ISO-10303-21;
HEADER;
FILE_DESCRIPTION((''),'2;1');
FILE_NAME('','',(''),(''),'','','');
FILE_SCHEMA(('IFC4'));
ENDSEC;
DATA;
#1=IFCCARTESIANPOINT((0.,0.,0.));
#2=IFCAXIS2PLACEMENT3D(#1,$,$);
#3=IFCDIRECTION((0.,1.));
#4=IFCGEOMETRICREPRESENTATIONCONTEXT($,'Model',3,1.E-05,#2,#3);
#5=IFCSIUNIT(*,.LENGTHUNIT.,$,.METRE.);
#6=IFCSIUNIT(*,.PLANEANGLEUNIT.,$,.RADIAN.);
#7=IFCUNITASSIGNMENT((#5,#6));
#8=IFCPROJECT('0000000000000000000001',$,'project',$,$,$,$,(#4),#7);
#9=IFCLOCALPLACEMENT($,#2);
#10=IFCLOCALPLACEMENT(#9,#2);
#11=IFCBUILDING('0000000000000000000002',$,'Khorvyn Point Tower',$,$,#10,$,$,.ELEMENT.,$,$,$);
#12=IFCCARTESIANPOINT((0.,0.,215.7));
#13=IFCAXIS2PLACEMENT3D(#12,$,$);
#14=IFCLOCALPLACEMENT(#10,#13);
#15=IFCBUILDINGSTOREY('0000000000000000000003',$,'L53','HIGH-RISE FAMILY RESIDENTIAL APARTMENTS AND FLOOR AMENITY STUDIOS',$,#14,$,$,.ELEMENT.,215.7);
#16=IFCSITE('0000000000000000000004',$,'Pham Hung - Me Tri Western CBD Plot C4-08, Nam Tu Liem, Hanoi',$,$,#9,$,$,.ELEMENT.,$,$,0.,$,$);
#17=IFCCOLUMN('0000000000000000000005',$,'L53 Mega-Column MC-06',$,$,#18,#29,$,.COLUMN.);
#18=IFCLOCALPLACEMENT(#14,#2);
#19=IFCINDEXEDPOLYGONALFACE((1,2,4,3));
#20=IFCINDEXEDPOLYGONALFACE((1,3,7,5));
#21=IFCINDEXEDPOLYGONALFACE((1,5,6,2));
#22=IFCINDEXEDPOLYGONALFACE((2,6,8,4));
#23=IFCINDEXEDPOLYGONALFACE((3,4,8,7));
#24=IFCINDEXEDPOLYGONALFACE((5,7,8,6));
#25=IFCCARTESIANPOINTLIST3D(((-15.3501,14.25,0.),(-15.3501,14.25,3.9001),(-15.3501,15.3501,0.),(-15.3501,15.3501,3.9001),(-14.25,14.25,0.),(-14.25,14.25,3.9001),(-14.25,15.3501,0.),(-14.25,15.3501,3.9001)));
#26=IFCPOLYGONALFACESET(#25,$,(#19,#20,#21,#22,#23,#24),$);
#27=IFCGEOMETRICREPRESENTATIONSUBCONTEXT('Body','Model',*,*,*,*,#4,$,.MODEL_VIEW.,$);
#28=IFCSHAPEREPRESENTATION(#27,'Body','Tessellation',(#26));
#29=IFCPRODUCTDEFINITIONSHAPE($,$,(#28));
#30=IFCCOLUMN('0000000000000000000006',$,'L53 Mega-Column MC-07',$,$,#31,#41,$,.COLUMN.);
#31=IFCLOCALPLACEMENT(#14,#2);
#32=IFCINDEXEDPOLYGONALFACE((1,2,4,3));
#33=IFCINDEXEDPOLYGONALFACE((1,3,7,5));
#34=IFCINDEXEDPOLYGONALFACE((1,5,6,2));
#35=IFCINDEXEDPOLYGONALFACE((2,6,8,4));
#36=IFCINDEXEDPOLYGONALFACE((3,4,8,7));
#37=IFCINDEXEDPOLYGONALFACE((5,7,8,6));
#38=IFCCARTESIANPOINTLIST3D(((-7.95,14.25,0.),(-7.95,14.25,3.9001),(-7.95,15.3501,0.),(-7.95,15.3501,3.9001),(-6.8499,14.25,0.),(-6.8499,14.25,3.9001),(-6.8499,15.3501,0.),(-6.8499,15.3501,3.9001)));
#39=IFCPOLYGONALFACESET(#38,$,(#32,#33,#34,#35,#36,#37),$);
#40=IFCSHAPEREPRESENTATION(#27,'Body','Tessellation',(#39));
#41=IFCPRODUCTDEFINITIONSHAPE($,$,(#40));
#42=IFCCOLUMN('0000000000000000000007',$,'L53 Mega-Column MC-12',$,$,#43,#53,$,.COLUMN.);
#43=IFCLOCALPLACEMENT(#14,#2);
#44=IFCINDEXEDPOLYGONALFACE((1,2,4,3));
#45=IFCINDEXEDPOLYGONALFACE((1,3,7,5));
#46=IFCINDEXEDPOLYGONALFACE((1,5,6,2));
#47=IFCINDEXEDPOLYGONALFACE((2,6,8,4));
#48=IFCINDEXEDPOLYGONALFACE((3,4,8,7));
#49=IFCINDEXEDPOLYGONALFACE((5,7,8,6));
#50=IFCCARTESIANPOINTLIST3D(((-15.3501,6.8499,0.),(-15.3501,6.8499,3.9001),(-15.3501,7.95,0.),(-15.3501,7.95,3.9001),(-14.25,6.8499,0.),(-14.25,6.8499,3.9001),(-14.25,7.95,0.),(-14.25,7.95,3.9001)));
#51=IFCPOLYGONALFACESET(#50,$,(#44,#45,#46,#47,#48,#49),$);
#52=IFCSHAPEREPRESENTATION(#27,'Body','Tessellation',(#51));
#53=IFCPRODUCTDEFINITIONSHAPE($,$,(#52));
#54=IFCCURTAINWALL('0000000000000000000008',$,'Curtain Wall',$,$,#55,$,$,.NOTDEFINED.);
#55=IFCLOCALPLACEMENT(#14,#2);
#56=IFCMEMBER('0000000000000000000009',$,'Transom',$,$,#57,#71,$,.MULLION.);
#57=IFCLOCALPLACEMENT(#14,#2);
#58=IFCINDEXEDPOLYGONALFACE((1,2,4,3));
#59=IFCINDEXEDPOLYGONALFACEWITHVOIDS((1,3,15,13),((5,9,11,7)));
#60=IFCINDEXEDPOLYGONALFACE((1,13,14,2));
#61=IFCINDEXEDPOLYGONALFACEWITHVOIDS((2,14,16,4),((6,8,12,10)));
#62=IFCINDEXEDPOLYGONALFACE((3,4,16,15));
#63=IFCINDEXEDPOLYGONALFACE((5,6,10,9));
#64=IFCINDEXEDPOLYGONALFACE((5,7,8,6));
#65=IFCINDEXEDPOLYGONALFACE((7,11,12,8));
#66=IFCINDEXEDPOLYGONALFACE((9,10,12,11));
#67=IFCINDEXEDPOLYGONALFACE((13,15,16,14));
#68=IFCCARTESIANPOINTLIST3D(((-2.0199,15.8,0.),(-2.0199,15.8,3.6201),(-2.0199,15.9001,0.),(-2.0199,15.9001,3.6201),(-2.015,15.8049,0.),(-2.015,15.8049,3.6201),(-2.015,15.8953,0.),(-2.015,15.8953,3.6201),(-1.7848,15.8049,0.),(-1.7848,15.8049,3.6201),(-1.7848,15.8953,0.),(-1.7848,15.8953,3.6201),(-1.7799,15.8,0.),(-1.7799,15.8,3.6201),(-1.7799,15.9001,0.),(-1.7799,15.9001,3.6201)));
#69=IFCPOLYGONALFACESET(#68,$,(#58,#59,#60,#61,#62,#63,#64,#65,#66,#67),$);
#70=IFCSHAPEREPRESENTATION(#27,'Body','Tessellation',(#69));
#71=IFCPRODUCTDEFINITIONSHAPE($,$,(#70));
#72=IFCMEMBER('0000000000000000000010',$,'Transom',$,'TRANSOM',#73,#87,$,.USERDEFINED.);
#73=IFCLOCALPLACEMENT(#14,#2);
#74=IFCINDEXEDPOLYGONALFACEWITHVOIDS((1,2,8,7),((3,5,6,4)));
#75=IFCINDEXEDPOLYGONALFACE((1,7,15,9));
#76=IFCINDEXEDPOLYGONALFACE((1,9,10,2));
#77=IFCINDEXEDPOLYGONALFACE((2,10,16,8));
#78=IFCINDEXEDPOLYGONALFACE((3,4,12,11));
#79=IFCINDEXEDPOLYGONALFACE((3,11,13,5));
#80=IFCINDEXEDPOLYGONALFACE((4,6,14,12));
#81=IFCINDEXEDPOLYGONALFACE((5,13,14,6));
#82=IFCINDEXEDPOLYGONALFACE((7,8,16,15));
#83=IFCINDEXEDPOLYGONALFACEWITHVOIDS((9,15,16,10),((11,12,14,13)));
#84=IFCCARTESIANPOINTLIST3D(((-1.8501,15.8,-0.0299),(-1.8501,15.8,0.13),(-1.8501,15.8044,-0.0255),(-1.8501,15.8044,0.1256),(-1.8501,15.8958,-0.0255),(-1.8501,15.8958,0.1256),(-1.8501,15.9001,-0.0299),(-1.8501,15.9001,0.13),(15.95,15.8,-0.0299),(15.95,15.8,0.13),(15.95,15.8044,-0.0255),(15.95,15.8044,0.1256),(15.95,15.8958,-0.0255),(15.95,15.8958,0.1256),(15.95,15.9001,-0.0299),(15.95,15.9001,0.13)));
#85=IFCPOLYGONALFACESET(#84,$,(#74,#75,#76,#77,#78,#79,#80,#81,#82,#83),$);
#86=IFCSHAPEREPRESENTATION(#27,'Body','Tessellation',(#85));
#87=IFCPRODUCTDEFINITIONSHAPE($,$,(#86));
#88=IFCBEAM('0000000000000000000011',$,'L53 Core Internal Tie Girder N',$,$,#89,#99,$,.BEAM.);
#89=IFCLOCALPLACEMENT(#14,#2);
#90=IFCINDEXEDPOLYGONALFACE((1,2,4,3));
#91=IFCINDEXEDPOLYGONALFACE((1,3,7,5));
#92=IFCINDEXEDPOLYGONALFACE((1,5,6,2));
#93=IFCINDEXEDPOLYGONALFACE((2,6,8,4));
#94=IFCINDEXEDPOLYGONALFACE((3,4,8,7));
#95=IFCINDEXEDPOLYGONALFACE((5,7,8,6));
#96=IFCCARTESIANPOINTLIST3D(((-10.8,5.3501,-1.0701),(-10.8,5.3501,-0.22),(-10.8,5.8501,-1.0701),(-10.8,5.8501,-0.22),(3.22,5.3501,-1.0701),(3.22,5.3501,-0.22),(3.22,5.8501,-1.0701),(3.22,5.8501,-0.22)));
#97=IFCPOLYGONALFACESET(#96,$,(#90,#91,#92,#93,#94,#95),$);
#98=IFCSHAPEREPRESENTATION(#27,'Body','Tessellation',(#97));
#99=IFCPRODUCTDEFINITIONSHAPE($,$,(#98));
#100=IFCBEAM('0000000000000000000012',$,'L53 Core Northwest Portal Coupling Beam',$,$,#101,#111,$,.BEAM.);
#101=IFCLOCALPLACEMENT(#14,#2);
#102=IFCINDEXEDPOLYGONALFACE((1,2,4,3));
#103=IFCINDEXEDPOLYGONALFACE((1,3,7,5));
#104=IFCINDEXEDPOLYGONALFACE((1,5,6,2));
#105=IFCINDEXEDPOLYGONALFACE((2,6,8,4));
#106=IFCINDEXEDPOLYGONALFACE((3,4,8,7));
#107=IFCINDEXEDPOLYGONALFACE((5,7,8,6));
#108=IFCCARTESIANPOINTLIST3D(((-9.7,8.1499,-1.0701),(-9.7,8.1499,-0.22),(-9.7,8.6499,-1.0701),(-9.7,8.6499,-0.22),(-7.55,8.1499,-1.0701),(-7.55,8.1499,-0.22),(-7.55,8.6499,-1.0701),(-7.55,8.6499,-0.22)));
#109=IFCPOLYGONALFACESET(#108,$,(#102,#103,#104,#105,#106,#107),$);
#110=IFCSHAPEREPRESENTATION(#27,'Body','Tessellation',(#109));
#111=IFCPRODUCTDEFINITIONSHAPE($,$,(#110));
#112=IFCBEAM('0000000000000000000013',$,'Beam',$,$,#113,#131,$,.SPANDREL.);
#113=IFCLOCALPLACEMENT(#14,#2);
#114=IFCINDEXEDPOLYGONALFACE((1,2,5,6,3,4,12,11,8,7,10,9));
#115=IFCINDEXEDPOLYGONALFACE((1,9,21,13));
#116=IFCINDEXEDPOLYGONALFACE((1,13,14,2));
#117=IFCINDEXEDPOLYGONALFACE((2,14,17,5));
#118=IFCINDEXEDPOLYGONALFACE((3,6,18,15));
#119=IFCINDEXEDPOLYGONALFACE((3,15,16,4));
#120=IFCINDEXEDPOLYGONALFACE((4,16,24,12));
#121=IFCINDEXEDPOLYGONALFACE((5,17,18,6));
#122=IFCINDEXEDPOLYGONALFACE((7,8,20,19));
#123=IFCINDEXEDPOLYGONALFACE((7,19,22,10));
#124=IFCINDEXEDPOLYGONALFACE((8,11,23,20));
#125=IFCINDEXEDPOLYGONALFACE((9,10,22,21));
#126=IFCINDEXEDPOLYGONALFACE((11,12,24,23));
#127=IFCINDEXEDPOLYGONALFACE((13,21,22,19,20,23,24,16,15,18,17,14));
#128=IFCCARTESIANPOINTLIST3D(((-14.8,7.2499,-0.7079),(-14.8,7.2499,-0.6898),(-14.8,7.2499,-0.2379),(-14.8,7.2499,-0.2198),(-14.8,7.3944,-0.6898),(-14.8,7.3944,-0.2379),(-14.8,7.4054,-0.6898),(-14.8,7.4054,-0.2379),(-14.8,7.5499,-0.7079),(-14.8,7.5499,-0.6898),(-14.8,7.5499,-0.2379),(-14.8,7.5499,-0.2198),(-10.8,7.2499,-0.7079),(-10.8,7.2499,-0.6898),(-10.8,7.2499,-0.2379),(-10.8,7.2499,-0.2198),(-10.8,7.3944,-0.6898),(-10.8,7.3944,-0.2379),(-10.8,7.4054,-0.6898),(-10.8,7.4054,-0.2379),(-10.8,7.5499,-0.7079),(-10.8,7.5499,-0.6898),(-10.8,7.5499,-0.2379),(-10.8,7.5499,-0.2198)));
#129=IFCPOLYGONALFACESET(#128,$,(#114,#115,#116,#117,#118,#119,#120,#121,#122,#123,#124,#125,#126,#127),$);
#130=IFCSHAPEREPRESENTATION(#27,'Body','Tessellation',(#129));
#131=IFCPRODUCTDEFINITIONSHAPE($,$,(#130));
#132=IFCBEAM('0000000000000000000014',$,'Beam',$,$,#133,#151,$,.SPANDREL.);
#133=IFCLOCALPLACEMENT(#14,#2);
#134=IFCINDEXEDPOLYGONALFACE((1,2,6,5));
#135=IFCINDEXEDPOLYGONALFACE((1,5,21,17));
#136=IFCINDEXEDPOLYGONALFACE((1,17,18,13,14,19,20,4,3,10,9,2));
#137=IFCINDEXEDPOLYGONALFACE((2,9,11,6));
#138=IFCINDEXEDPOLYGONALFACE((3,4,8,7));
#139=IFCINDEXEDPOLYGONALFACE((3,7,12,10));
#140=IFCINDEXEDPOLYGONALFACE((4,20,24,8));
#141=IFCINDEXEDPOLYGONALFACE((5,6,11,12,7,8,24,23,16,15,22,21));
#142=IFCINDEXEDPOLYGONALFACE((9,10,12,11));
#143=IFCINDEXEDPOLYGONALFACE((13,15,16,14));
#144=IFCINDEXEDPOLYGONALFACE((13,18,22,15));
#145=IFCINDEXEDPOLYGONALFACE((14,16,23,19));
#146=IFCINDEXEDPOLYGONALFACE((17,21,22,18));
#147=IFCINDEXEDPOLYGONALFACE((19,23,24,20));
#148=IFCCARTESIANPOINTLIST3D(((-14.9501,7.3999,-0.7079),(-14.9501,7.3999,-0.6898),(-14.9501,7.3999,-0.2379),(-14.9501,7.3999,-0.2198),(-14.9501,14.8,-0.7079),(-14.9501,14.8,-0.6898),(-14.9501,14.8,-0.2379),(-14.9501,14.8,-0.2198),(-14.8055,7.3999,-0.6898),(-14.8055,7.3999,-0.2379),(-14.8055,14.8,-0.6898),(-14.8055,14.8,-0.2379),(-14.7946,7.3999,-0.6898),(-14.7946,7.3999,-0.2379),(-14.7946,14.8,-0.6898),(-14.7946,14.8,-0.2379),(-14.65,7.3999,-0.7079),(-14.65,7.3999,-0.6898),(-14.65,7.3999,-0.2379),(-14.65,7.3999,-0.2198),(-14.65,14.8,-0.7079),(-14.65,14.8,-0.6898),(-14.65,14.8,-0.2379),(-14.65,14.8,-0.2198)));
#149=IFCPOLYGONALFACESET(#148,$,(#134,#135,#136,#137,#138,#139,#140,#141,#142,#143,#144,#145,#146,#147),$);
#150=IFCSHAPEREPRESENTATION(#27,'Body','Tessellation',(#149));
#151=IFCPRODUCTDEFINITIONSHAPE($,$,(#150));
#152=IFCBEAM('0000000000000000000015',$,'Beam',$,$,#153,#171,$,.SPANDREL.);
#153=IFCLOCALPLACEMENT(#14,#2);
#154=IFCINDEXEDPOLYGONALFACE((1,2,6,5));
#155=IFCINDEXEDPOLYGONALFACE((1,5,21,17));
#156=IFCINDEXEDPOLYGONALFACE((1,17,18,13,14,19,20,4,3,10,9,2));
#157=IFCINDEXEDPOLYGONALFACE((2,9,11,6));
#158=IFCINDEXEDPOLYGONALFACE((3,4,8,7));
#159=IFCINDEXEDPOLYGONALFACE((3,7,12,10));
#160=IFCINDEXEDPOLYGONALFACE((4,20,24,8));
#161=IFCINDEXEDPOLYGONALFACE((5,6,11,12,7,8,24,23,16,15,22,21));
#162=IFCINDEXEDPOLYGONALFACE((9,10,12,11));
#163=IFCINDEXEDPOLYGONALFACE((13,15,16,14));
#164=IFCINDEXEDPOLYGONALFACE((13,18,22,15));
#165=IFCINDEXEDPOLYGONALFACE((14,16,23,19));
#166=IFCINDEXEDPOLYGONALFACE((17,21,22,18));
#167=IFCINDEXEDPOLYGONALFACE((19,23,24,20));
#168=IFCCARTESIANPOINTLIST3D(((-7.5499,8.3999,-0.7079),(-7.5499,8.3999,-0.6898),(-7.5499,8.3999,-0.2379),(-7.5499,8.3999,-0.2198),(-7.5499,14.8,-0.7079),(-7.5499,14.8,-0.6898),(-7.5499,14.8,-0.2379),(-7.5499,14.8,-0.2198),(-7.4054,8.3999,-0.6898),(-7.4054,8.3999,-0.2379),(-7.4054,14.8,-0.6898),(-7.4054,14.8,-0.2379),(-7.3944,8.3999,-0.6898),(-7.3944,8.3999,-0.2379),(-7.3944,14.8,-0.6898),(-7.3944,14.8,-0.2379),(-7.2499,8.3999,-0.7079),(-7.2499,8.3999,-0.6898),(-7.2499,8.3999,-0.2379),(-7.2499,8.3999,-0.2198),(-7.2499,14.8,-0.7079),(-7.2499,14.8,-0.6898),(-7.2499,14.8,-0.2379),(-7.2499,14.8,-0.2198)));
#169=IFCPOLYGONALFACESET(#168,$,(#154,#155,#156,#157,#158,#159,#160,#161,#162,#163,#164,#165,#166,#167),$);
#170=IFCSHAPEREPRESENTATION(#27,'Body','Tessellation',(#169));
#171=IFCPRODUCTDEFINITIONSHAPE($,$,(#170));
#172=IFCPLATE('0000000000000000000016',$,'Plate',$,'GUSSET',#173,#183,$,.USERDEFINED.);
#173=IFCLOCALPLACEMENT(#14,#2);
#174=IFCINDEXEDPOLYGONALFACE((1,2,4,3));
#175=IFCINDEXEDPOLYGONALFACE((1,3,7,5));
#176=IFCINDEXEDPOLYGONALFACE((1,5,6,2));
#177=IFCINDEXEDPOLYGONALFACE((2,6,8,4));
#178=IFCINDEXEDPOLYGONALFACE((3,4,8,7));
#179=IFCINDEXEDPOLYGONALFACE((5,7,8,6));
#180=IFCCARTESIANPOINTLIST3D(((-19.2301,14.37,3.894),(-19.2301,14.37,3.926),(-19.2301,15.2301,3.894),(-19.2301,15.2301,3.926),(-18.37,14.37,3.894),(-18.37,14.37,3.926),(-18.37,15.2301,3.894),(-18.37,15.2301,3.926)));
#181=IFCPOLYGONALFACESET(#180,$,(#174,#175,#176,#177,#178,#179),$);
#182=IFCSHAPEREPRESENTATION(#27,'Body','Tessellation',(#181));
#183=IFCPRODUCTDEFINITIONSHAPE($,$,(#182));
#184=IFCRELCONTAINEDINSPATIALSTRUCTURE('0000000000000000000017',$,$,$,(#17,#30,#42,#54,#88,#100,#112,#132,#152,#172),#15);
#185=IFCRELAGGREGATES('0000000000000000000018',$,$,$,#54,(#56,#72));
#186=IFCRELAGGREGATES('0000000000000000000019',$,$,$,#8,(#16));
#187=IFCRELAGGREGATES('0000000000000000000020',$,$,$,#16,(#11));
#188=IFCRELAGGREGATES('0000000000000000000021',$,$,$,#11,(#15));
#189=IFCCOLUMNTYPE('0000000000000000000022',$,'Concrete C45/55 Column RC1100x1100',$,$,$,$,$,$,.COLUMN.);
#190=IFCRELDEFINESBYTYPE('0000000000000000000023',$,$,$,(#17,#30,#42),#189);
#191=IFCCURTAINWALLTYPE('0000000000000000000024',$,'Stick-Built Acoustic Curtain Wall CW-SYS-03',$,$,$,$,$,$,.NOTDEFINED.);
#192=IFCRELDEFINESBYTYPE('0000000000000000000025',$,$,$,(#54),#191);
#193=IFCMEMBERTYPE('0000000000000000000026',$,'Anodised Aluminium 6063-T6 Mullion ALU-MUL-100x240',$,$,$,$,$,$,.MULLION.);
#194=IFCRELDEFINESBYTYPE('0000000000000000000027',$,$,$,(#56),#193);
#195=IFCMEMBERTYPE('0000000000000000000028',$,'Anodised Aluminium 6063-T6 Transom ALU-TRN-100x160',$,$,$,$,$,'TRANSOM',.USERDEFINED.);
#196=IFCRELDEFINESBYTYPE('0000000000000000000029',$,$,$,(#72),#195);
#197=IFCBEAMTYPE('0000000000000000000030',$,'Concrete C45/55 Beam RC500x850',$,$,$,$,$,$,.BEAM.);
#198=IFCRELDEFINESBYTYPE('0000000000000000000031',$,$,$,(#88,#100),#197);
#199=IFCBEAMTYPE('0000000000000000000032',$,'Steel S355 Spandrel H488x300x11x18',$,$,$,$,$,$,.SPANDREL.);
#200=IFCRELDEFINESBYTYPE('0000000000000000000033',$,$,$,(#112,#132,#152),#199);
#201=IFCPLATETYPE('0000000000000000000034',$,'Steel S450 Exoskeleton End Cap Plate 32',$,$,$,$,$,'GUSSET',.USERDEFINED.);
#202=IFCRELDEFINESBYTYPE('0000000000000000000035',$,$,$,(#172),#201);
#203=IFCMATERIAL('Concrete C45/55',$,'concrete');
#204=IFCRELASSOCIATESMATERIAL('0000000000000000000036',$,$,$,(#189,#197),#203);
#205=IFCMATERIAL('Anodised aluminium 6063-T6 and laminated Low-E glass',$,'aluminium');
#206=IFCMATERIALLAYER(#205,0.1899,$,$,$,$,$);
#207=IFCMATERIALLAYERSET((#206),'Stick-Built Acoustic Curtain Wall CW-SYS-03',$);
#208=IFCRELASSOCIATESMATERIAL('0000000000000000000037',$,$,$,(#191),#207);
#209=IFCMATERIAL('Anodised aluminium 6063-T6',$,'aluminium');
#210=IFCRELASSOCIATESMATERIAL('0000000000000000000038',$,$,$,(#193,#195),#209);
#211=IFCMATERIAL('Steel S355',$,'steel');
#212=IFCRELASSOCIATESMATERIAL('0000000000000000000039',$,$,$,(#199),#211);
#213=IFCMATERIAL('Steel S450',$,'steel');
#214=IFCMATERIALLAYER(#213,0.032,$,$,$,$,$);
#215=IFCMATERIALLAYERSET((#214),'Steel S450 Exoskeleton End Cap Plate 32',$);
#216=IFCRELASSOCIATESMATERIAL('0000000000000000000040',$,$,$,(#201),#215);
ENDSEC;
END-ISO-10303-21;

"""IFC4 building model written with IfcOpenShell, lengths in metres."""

from ifc_helpers import new_model, si_unit, direction, frame, origin, origin_2d, place, context, subcontext, project, spatial, rectangle, hollow_rectangle, i_section, extrude, material, layer, layer_set, material_profile, profile_set, type_object, element, aggregate, save


model = new_model("IFC4")

# Units and contexts
model_context = context("Model", 3, precision=1e-05, world=origin(), true_north=direction((0.0, 1.0)))
body_context = subcontext(model_context, "Body", "Model", "MODEL_VIEW")
ifc_project = project(units=[si_unit("LENGTHUNIT", "METRE"), si_unit("PLANEANGLEUNIT", "RADIAN")], contexts=[model_context])

# Site, building, storey
site_placement = place(None, origin())
site = spatial("IfcSite", under=ifc_project, at=site_placement, Name="Pham Hung - Me Tri Western CBD Plot C4-08, Nam Tu Liem, Hanoi", CompositionType="ELEMENT", RefElevation=0.0)
building_placement = place(site_placement, origin())
building = spatial("IfcBuilding", under=site, at=building_placement, Name="Khorvyn Point Tower", CompositionType="ELEMENT")
storey_placement = place(building_placement, frame((0.0, 0.0, 215.7)))
storey = spatial("IfcBuildingStorey", under=building, at=storey_placement, Name="L53", Description="HIGH-RISE FAMILY RESIDENTIAL APARTMENTS AND FLOOR AMENITY STUDIOS", CompositionType="ELEMENT", Elevation=215.7)

# Columns
ifc_material_1 = material(Name="Concrete C45/55", Category="concrete")
ifc_material_profile_1 = material_profile(ifc_material_1, rectangle(XDim=1.1001, YDim=1.1001, at=origin_2d()))
ifc_profile_set_1 = profile_set([ifc_material_profile_1], Name="Concrete C45/55 RC1100x1100")
column_type = type_object("IfcColumnType", Name="Concrete C45/55 Column RC1100x1100", PredefinedType="COLUMN", material=ifc_profile_set_1)
for number, where, z_axis, x_axis, name in (
    (1, (-14.8, 14.8, 0.0), (0.0, 0.0, 1.0), (1.0, 0.0, 0.0), "L53 Mega-Column MC-06"),
    (2, (-7.3999, 14.8, 0.0), (0.0, 0.0, 1.0), (1.0, 0.0, 0.0), "L53 Mega-Column MC-07"),
    (3, (-14.8, 7.3999, 0.0), (0.0, 0.0, 1.0), (1.0, 0.0, 0.0), "L53 Mega-Column MC-12"),
):
    element("IfcColumn", number, at=place(storey_placement, frame(where, z_axis=z_axis, x_axis=x_axis)), inside=storey, type_object=column_type, Name=name, PredefinedType="COLUMN", context=body_context, shape_type="SweptSolid", body=[
        extrude(rectangle(XDim=1.1001, YDim=1.1001, at=origin_2d()), origin(), (0.0, 0.0, 1.0), 3.9001),
    ])

# Curtain wall, members
ifc_material_2 = material(Name="Anodised aluminium 6063-T6 and laminated Low-E glass", Category="aluminium")
ifc_layer_1 = layer(ifc_material_2, 0.1899)
ifc_layer_set_1 = layer_set([ifc_layer_1], Name="Stick-Built Acoustic Curtain Wall CW-SYS-03")
curtain_wall_type = type_object("IfcCurtainWallType", Name="Stick-Built Acoustic Curtain Wall CW-SYS-03", PredefinedType="NOTDEFINED", material=ifc_layer_set_1)
curtain_wall_placement = place(storey_placement, origin())
curtain_wall = element("IfcCurtainWall", 4, at=curtain_wall_placement, inside=storey, type_object=curtain_wall_type, Name="Curtain Wall", PredefinedType="NOTDEFINED")
ifc_material_3 = material(Name="Anodised aluminium 6063-T6", Category="aluminium")
ifc_material_profile_2 = material_profile(ifc_material_3, hollow_rectangle(XDim=0.1001, YDim=0.24, WallThickness=0.0049, at=origin_2d()))
ifc_profile_set_2 = profile_set([ifc_material_profile_2], Name="Anodised aluminium 6063-T6 ALU-MUL-100x240")
member_type_1 = type_object("IfcMemberType", Name="Anodised Aluminium 6063-T6 Mullion ALU-MUL-100x240", PredefinedType="MULLION", material=ifc_profile_set_2)
member_1_placement = place(storey_placement, frame((-1.8999, 15.8501, 0.0), z_axis=(0.0, 0.0, 1.0), x_axis=(0.0, 1.0, 0.0)))
member_1 = element("IfcMember", 5, at=member_1_placement, type_object=member_type_1, Name="Transom", PredefinedType="MULLION", context=body_context, shape_type="SweptSolid", body=[
    extrude(hollow_rectangle(XDim=0.1001, YDim=0.24, WallThickness=0.0049, at=origin_2d()), origin(), (0.0, 0.0, 1.0), 3.6201),
])
ifc_material_profile_3 = material_profile(ifc_material_3, hollow_rectangle(XDim=0.1001, YDim=0.1599, WallThickness=0.0044, at=origin_2d()))
ifc_profile_set_3 = profile_set([ifc_material_profile_3], Name="Anodised aluminium 6063-T6 ALU-TRN-100x160")
member_type_2 = type_object("IfcMemberType", Name="Anodised Aluminium 6063-T6 Transom ALU-TRN-100x160", ElementType="TRANSOM", PredefinedType="USERDEFINED", material=ifc_profile_set_3)
member_2_placement = place(storey_placement, frame((-1.8501, 15.8501, 0.05), z_axis=(1.0, 0.0, 0.0), x_axis=(0.0, 1.0, 0.0)))
member_2 = element("IfcMember", 6, at=member_2_placement, type_object=member_type_2, Name="Transom", ObjectType="TRANSOM", PredefinedType="USERDEFINED", context=body_context, shape_type="SweptSolid", body=[
    extrude(hollow_rectangle(XDim=0.1001, YDim=0.1599, WallThickness=0.0044, at=origin_2d()), origin(), (0.0, 0.0, 1.0), 17.8),
])

# Beams
ifc_material_profile_4 = material_profile(ifc_material_1, rectangle(XDim=0.5, YDim=0.8501, at=origin_2d()))
ifc_profile_set_4 = profile_set([ifc_material_profile_4], Name="Concrete C45/55 RC500x850")
beam_type_1 = type_object("IfcBeamType", Name="Concrete C45/55 Beam RC500x850", PredefinedType="BEAM", material=ifc_profile_set_4)
beam_1_placement = place(storey_placement, frame((-10.8, 5.6001, -0.645), z_axis=(1.0, 0.0, 0.0), x_axis=(0.0, 1.0, 0.0)))
element("IfcBeam", 7, at=beam_1_placement, inside=storey, type_object=beam_type_1, Name="L53 Core Internal Tie Girder N", PredefinedType="BEAM", context=body_context, shape_type="SweptSolid", body=[
    extrude(rectangle(XDim=0.5, YDim=0.8501, at=origin_2d()), origin(), (0.0, 0.0, 1.0), 14.02),
])
beam_2_placement = place(storey_placement, frame((-9.7, 8.3999, -0.645), z_axis=(1.0, 0.0, 0.0), x_axis=(0.0, 1.0, 0.0)))
element("IfcBeam", 8, at=beam_2_placement, inside=storey, type_object=beam_type_1, Name="L53 Core Northwest Portal Coupling Beam", PredefinedType="BEAM", context=body_context, shape_type="SweptSolid", body=[
    extrude(rectangle(XDim=0.5, YDim=0.8501, at=origin_2d()), origin(), (0.0, 0.0, 1.0), 2.1499),
])
ifc_material_4 = material(Name="Steel S355", Category="steel")
ifc_material_profile_5 = material_profile(ifc_material_4, i_section(OverallWidth=0.3, OverallDepth=0.488, WebThickness=0.011, FlangeThickness=0.0181, at=origin_2d()))
ifc_profile_set_5 = profile_set([ifc_material_profile_5], Name="Steel S355 H488x300x11x18")
beam_type_2 = type_object("IfcBeamType", Name="Steel S355 Spandrel H488x300x11x18", PredefinedType="SPANDREL", material=ifc_profile_set_5)
beam_3_placement = place(storey_placement, frame((-14.8, 7.3999, -0.4639), z_axis=(1.0, 0.0, 0.0), x_axis=(0.0, 1.0, 0.0)))
element("IfcBeam", 9, at=beam_3_placement, inside=storey, type_object=beam_type_2, Name="Beam", PredefinedType="SPANDREL", context=body_context, shape_type="SweptSolid", body=[
    extrude(i_section(OverallWidth=0.3, OverallDepth=0.488, WebThickness=0.011, FlangeThickness=0.0181, at=origin_2d()), origin(), (0.0, 0.0, 1.0), 4.0),
])
beam_4_placement = place(storey_placement, frame((-14.8, 7.3999, -0.4639), z_axis=(0.0, 1.0, 0.0), x_axis=(-1.0, 0.0, 0.0)))
element("IfcBeam", 10, at=beam_4_placement, inside=storey, type_object=beam_type_2, Name="Beam", PredefinedType="SPANDREL", context=body_context, shape_type="SweptSolid", body=[
    extrude(i_section(OverallWidth=0.3, OverallDepth=0.488, WebThickness=0.011, FlangeThickness=0.0181, at=origin_2d()), origin(), (0.0, 0.0, 1.0), 7.4001),
])
beam_5_placement = place(storey_placement, frame((-7.3999, 8.3999, -0.4639), z_axis=(0.0, 1.0, 0.0), x_axis=(-1.0, 0.0, 0.0)))
element("IfcBeam", 11, at=beam_5_placement, inside=storey, type_object=beam_type_2, Name="Beam", PredefinedType="SPANDREL", context=body_context, shape_type="SweptSolid", body=[
    extrude(i_section(OverallWidth=0.3, OverallDepth=0.488, WebThickness=0.011, FlangeThickness=0.0181, at=origin_2d()), origin(), (0.0, 0.0, 1.0), 6.4001),
])

# Plate
ifc_material_5 = material(Name="Steel S450", Category="steel")
ifc_layer_2 = layer(ifc_material_5, 0.032)
ifc_layer_set_2 = layer_set([ifc_layer_2], Name="Steel S450 Exoskeleton End Cap Plate 32")
plate_type_1 = type_object("IfcPlateType", Name="Steel S450 Exoskeleton End Cap Plate 32", ElementType="GUSSET", PredefinedType="USERDEFINED", material=ifc_layer_set_2)
plate_1_placement = place(storey_placement, frame((-18.8, 14.8, 3.894), z_axis=(0.0, 0.0, 1.0), x_axis=(1.0, 0.0, 0.0)))
element("IfcPlate", 12, at=plate_1_placement, inside=storey, type_object=plate_type_1, Name="Plate", ObjectType="GUSSET", PredefinedType="USERDEFINED", context=body_context, shape_type="SweptSolid", body=[
    extrude(rectangle(XDim=0.8601, YDim=0.8601, at=origin_2d()), origin(), (0.0, 0.0, 1.0), 0.032),
])
aggregate(curtain_wall, [member_1, member_2])

save(model, "model.ifc")
